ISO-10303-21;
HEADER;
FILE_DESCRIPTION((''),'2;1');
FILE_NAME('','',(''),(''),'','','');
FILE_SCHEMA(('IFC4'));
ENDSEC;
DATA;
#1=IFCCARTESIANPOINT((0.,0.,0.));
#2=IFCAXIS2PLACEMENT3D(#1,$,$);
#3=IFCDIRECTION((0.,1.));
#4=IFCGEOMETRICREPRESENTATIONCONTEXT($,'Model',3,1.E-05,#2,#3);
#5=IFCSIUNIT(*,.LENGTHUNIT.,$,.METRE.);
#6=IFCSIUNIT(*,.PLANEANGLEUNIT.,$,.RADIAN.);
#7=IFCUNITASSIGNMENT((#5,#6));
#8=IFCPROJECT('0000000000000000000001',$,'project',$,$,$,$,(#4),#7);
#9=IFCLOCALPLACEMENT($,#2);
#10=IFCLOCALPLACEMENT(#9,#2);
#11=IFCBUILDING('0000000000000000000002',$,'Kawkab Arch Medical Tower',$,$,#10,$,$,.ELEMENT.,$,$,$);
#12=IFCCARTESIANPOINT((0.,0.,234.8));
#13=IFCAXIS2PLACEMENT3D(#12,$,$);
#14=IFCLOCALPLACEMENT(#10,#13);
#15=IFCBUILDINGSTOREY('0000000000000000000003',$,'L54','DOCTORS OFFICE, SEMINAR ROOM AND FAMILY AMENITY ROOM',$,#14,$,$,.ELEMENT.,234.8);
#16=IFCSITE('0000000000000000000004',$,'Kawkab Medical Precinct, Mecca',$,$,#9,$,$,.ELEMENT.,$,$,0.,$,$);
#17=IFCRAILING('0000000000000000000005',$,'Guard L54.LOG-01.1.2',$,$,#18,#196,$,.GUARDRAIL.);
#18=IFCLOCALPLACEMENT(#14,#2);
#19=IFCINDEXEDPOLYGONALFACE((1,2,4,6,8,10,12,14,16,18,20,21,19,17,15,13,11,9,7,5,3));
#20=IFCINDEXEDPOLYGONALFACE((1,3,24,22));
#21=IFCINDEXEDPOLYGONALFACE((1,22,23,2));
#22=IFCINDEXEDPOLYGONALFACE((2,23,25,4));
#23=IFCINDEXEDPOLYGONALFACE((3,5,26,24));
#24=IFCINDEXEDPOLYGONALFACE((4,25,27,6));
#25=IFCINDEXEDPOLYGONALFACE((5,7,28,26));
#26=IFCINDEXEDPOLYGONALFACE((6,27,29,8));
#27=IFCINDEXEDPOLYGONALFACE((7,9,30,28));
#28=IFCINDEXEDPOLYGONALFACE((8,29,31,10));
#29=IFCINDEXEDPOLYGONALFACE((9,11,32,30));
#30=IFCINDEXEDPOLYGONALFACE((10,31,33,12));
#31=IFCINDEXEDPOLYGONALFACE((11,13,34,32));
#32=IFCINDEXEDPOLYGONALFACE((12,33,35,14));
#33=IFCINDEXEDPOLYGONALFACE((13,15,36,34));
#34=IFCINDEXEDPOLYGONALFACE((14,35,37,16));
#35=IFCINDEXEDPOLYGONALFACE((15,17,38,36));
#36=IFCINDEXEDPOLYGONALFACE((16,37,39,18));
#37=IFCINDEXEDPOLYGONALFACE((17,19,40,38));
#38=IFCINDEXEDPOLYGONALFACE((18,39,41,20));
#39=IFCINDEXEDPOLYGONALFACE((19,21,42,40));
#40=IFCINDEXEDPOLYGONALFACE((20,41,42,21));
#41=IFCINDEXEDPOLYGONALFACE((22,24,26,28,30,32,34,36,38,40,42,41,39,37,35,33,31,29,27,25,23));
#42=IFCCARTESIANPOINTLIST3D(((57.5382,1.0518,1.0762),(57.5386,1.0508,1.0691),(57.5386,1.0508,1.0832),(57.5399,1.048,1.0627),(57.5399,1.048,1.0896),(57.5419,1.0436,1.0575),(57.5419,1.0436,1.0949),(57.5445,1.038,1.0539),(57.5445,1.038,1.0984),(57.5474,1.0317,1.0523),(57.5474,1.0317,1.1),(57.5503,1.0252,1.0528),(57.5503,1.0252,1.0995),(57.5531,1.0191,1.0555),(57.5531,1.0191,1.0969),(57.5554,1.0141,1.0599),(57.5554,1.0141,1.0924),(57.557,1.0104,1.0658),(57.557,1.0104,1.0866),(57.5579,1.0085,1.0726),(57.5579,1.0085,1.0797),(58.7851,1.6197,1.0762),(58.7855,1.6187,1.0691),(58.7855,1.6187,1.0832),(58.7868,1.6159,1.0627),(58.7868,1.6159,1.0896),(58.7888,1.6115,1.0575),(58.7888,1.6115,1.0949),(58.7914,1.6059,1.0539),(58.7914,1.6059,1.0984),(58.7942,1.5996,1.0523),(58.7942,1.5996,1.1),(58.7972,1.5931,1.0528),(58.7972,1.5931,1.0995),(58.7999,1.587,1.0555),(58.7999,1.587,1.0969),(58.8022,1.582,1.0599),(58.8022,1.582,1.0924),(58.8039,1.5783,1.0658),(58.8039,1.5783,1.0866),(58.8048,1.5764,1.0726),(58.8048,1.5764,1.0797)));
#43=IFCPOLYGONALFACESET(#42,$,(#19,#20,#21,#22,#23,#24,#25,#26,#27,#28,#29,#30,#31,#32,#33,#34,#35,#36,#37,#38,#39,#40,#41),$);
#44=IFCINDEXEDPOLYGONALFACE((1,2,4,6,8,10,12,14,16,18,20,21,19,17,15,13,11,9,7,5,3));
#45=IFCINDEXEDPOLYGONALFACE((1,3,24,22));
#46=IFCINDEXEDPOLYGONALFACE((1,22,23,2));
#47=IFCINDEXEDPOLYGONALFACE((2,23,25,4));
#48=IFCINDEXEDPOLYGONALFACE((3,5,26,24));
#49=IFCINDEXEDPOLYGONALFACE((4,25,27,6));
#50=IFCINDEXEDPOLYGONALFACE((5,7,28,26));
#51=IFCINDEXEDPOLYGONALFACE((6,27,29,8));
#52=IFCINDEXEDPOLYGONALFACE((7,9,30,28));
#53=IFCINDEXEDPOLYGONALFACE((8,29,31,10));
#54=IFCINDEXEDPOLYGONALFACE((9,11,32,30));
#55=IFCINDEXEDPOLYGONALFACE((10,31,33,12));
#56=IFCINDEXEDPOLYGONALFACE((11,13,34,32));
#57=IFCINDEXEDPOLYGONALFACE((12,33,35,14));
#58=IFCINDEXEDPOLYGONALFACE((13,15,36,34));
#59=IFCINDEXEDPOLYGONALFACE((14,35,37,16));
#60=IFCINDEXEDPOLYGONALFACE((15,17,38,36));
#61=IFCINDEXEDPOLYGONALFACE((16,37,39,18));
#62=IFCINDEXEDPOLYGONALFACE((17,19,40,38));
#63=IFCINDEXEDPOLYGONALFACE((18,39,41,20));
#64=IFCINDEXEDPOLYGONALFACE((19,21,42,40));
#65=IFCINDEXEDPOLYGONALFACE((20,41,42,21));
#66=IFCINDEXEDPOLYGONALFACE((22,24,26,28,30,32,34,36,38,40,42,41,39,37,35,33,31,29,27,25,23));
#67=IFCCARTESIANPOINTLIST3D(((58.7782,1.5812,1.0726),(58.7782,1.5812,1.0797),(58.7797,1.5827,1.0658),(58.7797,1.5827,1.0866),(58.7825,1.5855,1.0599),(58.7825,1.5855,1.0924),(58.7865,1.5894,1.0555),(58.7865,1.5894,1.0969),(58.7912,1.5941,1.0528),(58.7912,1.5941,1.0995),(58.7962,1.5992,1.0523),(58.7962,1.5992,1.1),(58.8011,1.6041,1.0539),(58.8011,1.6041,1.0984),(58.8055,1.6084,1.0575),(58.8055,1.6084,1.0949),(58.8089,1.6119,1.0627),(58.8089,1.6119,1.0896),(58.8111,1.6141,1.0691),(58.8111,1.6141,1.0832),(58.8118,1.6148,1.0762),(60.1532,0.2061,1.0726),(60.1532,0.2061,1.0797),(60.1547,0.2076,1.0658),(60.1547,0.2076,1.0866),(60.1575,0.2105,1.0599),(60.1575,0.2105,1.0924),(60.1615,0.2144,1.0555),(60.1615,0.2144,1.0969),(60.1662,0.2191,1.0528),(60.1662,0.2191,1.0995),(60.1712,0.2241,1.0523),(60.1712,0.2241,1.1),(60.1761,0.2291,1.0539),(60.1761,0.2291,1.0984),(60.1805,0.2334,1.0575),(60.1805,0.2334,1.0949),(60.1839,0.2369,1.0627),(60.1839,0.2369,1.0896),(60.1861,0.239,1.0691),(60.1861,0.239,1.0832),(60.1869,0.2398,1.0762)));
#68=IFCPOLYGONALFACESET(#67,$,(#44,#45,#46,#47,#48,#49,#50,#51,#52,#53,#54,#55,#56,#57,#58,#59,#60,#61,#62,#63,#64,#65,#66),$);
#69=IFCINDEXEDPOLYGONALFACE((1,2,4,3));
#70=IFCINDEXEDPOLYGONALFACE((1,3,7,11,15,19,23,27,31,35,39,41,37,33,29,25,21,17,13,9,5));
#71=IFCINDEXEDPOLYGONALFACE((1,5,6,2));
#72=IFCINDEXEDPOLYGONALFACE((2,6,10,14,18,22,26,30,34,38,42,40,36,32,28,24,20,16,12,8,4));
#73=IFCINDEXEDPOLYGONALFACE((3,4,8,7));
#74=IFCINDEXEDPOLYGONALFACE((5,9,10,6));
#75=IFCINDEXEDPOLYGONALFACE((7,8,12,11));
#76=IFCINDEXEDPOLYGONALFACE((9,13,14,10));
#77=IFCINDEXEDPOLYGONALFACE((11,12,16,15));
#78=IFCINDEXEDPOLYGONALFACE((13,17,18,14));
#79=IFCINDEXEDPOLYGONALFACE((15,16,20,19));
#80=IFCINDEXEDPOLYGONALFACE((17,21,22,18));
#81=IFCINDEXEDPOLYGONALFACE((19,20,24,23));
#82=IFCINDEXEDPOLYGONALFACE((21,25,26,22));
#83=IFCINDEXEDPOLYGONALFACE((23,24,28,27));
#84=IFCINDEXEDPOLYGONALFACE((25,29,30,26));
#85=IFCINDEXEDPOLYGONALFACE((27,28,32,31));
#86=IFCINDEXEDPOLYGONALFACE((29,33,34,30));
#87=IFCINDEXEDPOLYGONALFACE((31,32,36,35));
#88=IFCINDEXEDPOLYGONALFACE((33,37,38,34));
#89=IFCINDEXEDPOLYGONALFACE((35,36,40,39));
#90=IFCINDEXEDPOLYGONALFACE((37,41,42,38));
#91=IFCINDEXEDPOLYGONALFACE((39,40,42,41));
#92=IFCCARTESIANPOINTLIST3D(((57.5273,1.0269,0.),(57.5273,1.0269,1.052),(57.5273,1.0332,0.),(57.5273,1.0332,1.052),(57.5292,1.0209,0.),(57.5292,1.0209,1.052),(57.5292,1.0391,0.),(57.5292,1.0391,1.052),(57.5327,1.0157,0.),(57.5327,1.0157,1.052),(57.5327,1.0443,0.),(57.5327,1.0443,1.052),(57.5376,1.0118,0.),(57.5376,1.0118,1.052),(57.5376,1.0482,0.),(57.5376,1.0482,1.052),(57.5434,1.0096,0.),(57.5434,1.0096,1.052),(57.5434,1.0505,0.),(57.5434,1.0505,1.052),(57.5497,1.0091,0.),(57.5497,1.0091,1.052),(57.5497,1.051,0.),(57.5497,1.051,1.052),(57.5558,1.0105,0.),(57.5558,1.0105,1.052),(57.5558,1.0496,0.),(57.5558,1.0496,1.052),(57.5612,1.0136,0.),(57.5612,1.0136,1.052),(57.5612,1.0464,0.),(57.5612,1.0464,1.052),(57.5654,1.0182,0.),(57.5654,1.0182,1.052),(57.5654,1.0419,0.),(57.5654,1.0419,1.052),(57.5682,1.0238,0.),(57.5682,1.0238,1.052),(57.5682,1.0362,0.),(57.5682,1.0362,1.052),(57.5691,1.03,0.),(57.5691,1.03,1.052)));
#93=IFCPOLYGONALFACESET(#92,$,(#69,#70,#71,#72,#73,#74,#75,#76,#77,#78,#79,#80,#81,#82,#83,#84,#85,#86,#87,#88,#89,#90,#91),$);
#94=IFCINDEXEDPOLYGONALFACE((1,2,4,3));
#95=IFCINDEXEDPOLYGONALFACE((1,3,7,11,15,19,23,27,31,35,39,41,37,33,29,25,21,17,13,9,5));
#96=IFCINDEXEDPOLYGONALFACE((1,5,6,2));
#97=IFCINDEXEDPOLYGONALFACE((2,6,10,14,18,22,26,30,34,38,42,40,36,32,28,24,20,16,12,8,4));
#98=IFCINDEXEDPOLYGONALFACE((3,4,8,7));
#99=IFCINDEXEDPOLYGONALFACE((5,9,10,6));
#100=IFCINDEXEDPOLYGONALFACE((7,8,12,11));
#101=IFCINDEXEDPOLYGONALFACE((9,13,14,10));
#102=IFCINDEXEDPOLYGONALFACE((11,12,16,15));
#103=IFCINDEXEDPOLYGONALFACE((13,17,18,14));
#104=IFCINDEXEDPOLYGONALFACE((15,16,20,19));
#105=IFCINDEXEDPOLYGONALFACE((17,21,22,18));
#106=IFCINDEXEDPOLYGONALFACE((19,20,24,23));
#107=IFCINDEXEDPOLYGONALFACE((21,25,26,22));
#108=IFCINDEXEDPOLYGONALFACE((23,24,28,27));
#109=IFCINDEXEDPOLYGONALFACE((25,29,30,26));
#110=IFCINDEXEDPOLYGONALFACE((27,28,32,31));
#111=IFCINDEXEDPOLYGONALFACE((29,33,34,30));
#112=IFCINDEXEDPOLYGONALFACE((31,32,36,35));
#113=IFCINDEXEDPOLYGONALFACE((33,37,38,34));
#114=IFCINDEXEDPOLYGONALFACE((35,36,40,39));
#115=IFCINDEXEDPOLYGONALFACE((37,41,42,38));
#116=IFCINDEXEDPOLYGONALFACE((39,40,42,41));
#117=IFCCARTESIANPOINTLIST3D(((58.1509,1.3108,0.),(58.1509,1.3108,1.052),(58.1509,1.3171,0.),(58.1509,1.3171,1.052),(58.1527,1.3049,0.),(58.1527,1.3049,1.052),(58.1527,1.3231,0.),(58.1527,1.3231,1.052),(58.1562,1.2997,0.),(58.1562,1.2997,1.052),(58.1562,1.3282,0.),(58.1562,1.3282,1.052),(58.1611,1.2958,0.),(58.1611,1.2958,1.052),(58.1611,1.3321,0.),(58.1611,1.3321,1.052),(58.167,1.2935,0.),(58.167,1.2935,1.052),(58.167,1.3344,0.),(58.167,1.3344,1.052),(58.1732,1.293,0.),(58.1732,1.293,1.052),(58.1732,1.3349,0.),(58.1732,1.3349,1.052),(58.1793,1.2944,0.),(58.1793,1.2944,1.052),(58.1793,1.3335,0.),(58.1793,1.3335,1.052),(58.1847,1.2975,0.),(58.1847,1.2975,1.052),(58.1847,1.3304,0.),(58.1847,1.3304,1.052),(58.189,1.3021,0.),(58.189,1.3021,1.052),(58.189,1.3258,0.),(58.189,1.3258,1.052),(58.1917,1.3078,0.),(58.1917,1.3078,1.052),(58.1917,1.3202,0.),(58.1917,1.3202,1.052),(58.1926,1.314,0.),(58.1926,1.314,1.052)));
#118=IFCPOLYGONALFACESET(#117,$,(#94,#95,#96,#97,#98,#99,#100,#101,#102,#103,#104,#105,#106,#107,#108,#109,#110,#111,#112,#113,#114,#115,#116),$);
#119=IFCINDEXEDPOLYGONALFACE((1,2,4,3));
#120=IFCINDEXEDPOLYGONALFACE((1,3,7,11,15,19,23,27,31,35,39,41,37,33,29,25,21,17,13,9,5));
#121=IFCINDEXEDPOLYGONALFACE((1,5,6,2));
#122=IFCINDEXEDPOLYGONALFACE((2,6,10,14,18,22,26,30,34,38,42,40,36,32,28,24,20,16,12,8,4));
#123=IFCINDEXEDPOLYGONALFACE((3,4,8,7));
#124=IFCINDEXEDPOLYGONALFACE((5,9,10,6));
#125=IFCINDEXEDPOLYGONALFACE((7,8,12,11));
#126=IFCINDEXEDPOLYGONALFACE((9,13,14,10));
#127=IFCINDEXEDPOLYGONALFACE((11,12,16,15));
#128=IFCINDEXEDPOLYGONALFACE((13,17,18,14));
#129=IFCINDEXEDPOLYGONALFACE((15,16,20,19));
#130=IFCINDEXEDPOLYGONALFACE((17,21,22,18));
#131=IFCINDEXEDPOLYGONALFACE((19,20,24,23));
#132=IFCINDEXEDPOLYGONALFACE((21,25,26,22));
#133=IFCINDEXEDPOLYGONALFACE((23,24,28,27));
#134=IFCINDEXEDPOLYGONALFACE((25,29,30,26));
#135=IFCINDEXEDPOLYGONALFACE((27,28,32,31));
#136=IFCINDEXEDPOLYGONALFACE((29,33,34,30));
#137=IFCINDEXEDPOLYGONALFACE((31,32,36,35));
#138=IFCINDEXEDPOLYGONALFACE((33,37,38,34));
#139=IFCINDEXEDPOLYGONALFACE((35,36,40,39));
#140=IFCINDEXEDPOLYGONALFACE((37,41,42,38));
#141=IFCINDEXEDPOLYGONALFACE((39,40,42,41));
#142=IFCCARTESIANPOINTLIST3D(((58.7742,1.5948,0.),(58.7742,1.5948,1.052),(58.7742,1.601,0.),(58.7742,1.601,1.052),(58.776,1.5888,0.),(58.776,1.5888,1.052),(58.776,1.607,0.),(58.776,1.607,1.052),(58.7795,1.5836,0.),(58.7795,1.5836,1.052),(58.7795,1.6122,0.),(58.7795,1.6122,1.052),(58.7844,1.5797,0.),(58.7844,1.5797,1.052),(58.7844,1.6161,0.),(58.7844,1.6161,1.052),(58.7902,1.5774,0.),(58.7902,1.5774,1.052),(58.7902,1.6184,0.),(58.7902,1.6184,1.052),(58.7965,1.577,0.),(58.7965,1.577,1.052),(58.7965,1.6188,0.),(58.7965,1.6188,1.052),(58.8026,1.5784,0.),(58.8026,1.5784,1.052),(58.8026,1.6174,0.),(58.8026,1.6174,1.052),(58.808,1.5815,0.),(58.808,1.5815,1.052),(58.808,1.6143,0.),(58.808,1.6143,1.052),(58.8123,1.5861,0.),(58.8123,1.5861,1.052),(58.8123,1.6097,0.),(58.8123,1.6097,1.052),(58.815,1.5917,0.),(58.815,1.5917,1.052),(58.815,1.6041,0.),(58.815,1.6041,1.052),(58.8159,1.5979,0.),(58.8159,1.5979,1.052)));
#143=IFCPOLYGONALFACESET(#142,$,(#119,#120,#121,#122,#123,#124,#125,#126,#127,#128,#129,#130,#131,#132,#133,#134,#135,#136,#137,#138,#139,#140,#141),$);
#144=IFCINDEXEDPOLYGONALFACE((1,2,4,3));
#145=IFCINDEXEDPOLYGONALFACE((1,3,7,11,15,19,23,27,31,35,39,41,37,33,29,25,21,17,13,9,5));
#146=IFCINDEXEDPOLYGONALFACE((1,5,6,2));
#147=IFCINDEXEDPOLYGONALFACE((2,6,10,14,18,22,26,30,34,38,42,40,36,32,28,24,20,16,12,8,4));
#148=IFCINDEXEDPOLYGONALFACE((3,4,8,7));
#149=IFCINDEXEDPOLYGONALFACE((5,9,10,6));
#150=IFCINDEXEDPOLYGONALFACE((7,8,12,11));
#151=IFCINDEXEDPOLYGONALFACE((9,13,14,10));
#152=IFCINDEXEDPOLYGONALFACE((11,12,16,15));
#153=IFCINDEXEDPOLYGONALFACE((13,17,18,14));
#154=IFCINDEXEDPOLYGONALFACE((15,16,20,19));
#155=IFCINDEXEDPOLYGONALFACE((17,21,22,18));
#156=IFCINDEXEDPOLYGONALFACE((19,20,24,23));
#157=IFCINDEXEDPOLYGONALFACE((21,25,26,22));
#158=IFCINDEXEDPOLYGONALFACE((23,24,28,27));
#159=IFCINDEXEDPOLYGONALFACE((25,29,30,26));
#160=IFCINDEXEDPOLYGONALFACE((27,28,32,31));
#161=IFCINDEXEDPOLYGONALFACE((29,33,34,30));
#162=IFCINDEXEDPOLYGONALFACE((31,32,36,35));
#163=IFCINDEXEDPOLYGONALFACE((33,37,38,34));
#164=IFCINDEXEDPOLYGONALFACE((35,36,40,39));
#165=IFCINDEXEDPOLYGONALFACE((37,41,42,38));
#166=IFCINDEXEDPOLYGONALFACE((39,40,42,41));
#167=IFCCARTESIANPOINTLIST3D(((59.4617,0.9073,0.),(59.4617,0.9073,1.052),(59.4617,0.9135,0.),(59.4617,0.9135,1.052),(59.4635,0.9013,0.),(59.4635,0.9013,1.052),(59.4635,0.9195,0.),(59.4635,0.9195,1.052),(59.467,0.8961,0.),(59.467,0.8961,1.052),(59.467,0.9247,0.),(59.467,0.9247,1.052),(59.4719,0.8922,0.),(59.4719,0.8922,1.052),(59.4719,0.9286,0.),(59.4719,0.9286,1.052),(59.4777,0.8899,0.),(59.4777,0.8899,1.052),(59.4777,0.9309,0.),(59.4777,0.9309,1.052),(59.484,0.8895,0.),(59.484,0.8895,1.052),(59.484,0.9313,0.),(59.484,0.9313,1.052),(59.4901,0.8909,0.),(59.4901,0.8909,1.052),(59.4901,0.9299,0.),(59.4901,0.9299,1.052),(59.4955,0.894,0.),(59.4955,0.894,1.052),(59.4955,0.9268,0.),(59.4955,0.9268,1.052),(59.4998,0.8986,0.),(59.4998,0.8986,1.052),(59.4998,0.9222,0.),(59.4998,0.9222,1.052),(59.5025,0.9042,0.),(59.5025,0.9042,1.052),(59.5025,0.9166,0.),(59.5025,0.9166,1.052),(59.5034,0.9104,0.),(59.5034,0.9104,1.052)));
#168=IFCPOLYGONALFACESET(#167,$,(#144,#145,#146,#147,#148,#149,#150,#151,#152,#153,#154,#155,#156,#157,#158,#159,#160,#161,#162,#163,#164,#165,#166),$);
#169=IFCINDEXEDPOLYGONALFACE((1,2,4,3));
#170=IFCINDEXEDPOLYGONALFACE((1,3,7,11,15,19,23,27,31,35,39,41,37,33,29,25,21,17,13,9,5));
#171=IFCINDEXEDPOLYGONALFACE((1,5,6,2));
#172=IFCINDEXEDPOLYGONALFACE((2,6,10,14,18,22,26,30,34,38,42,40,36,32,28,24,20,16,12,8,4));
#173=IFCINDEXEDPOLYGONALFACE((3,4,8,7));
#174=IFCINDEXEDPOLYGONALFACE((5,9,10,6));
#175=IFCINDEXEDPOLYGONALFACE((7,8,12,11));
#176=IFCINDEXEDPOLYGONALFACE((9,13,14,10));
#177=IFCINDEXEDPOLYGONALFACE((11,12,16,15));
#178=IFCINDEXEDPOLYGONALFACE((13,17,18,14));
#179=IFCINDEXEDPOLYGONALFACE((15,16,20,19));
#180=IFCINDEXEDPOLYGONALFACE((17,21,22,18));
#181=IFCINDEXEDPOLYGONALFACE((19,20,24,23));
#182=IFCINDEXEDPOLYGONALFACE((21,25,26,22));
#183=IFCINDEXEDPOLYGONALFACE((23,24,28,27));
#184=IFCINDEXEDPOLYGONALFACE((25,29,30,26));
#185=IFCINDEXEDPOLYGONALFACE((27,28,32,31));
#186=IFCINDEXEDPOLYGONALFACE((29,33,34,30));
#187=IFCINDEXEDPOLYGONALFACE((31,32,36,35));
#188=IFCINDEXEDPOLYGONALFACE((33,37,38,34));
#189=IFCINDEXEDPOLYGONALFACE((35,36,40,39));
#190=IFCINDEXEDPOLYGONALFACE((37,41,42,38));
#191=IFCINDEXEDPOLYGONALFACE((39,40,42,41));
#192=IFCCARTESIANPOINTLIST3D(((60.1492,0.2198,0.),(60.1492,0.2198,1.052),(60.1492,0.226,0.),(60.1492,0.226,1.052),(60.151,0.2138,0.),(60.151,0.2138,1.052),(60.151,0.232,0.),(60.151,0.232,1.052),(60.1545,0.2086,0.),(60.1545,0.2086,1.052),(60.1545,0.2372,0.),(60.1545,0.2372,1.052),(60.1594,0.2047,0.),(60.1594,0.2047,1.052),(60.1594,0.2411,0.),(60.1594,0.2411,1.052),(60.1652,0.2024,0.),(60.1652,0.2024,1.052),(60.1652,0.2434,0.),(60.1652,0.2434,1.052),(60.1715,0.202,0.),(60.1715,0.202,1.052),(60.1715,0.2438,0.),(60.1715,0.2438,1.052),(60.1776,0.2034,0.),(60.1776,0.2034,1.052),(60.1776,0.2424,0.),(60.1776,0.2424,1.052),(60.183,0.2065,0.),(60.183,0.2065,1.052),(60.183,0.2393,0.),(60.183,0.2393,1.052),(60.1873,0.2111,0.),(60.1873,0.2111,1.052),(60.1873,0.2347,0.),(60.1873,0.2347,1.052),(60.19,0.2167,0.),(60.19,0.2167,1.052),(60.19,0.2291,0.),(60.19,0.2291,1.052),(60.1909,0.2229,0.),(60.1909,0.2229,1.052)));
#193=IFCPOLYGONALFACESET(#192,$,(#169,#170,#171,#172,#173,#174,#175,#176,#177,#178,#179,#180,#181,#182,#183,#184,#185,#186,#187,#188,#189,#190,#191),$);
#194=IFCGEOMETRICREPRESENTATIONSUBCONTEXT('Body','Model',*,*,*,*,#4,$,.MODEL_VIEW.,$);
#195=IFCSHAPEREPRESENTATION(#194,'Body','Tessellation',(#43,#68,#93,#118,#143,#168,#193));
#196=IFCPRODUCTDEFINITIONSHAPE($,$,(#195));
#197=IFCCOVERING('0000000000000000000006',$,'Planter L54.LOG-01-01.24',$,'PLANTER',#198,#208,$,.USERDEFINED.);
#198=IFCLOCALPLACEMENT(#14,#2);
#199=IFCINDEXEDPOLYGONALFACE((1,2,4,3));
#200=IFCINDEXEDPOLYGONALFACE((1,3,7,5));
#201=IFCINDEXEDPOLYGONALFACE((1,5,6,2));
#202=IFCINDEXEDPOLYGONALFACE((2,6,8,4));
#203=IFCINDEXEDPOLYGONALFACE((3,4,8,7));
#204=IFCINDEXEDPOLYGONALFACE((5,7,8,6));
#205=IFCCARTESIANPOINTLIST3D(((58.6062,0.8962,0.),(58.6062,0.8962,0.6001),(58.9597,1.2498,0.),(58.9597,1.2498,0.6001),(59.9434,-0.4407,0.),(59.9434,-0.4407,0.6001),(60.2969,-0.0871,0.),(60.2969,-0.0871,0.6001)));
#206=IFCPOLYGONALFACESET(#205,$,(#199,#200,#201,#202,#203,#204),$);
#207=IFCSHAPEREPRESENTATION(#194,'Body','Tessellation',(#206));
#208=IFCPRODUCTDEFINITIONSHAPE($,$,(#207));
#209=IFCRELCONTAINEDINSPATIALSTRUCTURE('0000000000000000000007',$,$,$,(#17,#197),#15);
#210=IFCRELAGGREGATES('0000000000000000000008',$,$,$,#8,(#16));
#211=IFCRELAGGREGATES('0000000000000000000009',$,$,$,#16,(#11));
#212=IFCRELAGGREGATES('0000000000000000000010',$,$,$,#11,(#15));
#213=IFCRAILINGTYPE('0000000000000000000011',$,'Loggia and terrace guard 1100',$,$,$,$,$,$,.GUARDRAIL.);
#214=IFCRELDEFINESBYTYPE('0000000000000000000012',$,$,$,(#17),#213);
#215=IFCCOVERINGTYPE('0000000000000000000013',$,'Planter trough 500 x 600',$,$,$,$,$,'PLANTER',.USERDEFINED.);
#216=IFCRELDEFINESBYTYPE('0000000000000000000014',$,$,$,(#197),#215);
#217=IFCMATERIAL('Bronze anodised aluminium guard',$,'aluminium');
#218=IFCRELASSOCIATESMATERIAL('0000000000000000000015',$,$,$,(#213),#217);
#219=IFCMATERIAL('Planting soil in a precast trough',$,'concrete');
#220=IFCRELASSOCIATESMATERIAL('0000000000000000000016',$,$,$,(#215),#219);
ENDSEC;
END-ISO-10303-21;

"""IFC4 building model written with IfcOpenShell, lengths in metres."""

from ifc_helpers import new_model, si_unit, direction, frame, origin, origin_2d, place, context, subcontext, project, spatial, rectangle, circle, extrude, material, material_profile, profile_set, type_object, element, save


model = new_model("IFC4")

# Units and contexts
model_context = context("Model", 3, precision=1e-05, world=origin(), true_north=direction((0.0, 1.0)))
body_context = subcontext(model_context, "Body", "Model", "MODEL_VIEW")
ifc_project = project(units=[si_unit("LENGTHUNIT", "METRE"), si_unit("PLANEANGLEUNIT", "RADIAN")], contexts=[model_context])

# Site, building, storey
site_placement = place(None, origin())
site = spatial("IfcSite", under=ifc_project, at=site_placement, Name="Kawkab Medical Precinct, Mecca", CompositionType="ELEMENT", RefElevation=0.0)
building_placement = place(site_placement, origin())
building = spatial("IfcBuilding", under=site, at=building_placement, Name="Kawkab Arch Medical Tower", CompositionType="ELEMENT")
storey_placement = place(building_placement, frame((0.0, 0.0, 234.8)))
storey = spatial("IfcBuildingStorey", under=building, at=storey_placement, Name="L54", Description="DOCTORS OFFICE, SEMINAR ROOM AND FAMILY AMENITY ROOM", CompositionType="ELEMENT", Elevation=234.8)

# Railing
ifc_material_1 = material(Name="Bronze anodised aluminium guard", Category="aluminium")
railing_type_1 = type_object("IfcRailingType", Name="Loggia and terrace guard 1100", PredefinedType="GUARDRAIL", material=ifc_material_1)
railing_1_placement = place(storey_placement, frame((57.5481, 1.03, 0.0)))
element("IfcRailing", 1, at=railing_1_placement, inside=storey, type_object=railing_type_1, Name="Guard L54.LOG-01.1.2", PredefinedType="GUARDRAIL", context=body_context, shape_type="SweptSolid", body=[
    extrude(circle(Radius=0.0239, at=origin_2d()), frame((0.0, 0.0, 1.0762), z_axis=(0.910055, 0.414488, 0.0), x_axis=(-0.414488, 0.910055, 0.0)), (0.0, 0.0, 1.0), 1.3701),
    extrude(circle(Radius=0.0239, at=origin_2d()), frame((1.2468, 0.5679, 1.0762), z_axis=(0.707107, -0.707107, 0.0), x_axis=(0.707107, 0.707107, 0.0)), (0.0, 0.0, 1.0), 1.9446),
    extrude(circle(Radius=0.021, at=origin_2d()), origin(), (0.0, 0.0, 1.0), 1.052),
    extrude(circle(Radius=0.021, at=origin_2d()), frame((0.6235, 0.2839, 0.0)), (0.0, 0.0, 1.0), 1.052),
    extrude(circle(Radius=0.021, at=origin_2d()), frame((1.2468, 0.5679, 0.0)), (0.0, 0.0, 1.0), 1.052),
    extrude(circle(Radius=0.021, at=origin_2d()), frame((1.9343, -0.1196, 0.0)), (0.0, 0.0, 1.0), 1.052),
    extrude(circle(Radius=0.021, at=origin_2d()), frame((2.6218, -0.8071, 0.0)), (0.0, 0.0, 1.0), 1.052),
])

# Covering
ifc_material_2 = material(Name="Planting soil in a precast trough", Category="concrete")
ifc_material_profile_1 = material_profile(ifc_material_2, rectangle(XDim=0.5, YDim=0.6001, at=origin_2d()), Name="Trough 500x600")
ifc_profile_set_1 = profile_set([ifc_material_profile_1], Name="Planting soil in a precast trough")
covering_type = type_object("IfcCoveringType", Name="Planter trough 500 x 600", ElementType="PLANTER", PredefinedType="USERDEFINED", material=ifc_profile_set_1)
covering_1_placement = place(storey_placement, frame((58.783, 1.073, 0.3), z_axis=(0.707171, -0.707042, 0.0), x_axis=(0.707042, 0.707171, 0.0)))
element("IfcCovering", 2, at=covering_1_placement, inside=storey, type_object=covering_type, Name="Planter L54.LOG-01-01.24", ObjectType="PLANTER", PredefinedType="USERDEFINED", context=body_context, shape_type="SweptSolid", body=[
    extrude(rectangle(XDim=0.5, YDim=0.6001, at=origin_2d()), origin(), (0.0, 0.0, 1.0), 1.8909),
])

save(model, "model.ifc")
